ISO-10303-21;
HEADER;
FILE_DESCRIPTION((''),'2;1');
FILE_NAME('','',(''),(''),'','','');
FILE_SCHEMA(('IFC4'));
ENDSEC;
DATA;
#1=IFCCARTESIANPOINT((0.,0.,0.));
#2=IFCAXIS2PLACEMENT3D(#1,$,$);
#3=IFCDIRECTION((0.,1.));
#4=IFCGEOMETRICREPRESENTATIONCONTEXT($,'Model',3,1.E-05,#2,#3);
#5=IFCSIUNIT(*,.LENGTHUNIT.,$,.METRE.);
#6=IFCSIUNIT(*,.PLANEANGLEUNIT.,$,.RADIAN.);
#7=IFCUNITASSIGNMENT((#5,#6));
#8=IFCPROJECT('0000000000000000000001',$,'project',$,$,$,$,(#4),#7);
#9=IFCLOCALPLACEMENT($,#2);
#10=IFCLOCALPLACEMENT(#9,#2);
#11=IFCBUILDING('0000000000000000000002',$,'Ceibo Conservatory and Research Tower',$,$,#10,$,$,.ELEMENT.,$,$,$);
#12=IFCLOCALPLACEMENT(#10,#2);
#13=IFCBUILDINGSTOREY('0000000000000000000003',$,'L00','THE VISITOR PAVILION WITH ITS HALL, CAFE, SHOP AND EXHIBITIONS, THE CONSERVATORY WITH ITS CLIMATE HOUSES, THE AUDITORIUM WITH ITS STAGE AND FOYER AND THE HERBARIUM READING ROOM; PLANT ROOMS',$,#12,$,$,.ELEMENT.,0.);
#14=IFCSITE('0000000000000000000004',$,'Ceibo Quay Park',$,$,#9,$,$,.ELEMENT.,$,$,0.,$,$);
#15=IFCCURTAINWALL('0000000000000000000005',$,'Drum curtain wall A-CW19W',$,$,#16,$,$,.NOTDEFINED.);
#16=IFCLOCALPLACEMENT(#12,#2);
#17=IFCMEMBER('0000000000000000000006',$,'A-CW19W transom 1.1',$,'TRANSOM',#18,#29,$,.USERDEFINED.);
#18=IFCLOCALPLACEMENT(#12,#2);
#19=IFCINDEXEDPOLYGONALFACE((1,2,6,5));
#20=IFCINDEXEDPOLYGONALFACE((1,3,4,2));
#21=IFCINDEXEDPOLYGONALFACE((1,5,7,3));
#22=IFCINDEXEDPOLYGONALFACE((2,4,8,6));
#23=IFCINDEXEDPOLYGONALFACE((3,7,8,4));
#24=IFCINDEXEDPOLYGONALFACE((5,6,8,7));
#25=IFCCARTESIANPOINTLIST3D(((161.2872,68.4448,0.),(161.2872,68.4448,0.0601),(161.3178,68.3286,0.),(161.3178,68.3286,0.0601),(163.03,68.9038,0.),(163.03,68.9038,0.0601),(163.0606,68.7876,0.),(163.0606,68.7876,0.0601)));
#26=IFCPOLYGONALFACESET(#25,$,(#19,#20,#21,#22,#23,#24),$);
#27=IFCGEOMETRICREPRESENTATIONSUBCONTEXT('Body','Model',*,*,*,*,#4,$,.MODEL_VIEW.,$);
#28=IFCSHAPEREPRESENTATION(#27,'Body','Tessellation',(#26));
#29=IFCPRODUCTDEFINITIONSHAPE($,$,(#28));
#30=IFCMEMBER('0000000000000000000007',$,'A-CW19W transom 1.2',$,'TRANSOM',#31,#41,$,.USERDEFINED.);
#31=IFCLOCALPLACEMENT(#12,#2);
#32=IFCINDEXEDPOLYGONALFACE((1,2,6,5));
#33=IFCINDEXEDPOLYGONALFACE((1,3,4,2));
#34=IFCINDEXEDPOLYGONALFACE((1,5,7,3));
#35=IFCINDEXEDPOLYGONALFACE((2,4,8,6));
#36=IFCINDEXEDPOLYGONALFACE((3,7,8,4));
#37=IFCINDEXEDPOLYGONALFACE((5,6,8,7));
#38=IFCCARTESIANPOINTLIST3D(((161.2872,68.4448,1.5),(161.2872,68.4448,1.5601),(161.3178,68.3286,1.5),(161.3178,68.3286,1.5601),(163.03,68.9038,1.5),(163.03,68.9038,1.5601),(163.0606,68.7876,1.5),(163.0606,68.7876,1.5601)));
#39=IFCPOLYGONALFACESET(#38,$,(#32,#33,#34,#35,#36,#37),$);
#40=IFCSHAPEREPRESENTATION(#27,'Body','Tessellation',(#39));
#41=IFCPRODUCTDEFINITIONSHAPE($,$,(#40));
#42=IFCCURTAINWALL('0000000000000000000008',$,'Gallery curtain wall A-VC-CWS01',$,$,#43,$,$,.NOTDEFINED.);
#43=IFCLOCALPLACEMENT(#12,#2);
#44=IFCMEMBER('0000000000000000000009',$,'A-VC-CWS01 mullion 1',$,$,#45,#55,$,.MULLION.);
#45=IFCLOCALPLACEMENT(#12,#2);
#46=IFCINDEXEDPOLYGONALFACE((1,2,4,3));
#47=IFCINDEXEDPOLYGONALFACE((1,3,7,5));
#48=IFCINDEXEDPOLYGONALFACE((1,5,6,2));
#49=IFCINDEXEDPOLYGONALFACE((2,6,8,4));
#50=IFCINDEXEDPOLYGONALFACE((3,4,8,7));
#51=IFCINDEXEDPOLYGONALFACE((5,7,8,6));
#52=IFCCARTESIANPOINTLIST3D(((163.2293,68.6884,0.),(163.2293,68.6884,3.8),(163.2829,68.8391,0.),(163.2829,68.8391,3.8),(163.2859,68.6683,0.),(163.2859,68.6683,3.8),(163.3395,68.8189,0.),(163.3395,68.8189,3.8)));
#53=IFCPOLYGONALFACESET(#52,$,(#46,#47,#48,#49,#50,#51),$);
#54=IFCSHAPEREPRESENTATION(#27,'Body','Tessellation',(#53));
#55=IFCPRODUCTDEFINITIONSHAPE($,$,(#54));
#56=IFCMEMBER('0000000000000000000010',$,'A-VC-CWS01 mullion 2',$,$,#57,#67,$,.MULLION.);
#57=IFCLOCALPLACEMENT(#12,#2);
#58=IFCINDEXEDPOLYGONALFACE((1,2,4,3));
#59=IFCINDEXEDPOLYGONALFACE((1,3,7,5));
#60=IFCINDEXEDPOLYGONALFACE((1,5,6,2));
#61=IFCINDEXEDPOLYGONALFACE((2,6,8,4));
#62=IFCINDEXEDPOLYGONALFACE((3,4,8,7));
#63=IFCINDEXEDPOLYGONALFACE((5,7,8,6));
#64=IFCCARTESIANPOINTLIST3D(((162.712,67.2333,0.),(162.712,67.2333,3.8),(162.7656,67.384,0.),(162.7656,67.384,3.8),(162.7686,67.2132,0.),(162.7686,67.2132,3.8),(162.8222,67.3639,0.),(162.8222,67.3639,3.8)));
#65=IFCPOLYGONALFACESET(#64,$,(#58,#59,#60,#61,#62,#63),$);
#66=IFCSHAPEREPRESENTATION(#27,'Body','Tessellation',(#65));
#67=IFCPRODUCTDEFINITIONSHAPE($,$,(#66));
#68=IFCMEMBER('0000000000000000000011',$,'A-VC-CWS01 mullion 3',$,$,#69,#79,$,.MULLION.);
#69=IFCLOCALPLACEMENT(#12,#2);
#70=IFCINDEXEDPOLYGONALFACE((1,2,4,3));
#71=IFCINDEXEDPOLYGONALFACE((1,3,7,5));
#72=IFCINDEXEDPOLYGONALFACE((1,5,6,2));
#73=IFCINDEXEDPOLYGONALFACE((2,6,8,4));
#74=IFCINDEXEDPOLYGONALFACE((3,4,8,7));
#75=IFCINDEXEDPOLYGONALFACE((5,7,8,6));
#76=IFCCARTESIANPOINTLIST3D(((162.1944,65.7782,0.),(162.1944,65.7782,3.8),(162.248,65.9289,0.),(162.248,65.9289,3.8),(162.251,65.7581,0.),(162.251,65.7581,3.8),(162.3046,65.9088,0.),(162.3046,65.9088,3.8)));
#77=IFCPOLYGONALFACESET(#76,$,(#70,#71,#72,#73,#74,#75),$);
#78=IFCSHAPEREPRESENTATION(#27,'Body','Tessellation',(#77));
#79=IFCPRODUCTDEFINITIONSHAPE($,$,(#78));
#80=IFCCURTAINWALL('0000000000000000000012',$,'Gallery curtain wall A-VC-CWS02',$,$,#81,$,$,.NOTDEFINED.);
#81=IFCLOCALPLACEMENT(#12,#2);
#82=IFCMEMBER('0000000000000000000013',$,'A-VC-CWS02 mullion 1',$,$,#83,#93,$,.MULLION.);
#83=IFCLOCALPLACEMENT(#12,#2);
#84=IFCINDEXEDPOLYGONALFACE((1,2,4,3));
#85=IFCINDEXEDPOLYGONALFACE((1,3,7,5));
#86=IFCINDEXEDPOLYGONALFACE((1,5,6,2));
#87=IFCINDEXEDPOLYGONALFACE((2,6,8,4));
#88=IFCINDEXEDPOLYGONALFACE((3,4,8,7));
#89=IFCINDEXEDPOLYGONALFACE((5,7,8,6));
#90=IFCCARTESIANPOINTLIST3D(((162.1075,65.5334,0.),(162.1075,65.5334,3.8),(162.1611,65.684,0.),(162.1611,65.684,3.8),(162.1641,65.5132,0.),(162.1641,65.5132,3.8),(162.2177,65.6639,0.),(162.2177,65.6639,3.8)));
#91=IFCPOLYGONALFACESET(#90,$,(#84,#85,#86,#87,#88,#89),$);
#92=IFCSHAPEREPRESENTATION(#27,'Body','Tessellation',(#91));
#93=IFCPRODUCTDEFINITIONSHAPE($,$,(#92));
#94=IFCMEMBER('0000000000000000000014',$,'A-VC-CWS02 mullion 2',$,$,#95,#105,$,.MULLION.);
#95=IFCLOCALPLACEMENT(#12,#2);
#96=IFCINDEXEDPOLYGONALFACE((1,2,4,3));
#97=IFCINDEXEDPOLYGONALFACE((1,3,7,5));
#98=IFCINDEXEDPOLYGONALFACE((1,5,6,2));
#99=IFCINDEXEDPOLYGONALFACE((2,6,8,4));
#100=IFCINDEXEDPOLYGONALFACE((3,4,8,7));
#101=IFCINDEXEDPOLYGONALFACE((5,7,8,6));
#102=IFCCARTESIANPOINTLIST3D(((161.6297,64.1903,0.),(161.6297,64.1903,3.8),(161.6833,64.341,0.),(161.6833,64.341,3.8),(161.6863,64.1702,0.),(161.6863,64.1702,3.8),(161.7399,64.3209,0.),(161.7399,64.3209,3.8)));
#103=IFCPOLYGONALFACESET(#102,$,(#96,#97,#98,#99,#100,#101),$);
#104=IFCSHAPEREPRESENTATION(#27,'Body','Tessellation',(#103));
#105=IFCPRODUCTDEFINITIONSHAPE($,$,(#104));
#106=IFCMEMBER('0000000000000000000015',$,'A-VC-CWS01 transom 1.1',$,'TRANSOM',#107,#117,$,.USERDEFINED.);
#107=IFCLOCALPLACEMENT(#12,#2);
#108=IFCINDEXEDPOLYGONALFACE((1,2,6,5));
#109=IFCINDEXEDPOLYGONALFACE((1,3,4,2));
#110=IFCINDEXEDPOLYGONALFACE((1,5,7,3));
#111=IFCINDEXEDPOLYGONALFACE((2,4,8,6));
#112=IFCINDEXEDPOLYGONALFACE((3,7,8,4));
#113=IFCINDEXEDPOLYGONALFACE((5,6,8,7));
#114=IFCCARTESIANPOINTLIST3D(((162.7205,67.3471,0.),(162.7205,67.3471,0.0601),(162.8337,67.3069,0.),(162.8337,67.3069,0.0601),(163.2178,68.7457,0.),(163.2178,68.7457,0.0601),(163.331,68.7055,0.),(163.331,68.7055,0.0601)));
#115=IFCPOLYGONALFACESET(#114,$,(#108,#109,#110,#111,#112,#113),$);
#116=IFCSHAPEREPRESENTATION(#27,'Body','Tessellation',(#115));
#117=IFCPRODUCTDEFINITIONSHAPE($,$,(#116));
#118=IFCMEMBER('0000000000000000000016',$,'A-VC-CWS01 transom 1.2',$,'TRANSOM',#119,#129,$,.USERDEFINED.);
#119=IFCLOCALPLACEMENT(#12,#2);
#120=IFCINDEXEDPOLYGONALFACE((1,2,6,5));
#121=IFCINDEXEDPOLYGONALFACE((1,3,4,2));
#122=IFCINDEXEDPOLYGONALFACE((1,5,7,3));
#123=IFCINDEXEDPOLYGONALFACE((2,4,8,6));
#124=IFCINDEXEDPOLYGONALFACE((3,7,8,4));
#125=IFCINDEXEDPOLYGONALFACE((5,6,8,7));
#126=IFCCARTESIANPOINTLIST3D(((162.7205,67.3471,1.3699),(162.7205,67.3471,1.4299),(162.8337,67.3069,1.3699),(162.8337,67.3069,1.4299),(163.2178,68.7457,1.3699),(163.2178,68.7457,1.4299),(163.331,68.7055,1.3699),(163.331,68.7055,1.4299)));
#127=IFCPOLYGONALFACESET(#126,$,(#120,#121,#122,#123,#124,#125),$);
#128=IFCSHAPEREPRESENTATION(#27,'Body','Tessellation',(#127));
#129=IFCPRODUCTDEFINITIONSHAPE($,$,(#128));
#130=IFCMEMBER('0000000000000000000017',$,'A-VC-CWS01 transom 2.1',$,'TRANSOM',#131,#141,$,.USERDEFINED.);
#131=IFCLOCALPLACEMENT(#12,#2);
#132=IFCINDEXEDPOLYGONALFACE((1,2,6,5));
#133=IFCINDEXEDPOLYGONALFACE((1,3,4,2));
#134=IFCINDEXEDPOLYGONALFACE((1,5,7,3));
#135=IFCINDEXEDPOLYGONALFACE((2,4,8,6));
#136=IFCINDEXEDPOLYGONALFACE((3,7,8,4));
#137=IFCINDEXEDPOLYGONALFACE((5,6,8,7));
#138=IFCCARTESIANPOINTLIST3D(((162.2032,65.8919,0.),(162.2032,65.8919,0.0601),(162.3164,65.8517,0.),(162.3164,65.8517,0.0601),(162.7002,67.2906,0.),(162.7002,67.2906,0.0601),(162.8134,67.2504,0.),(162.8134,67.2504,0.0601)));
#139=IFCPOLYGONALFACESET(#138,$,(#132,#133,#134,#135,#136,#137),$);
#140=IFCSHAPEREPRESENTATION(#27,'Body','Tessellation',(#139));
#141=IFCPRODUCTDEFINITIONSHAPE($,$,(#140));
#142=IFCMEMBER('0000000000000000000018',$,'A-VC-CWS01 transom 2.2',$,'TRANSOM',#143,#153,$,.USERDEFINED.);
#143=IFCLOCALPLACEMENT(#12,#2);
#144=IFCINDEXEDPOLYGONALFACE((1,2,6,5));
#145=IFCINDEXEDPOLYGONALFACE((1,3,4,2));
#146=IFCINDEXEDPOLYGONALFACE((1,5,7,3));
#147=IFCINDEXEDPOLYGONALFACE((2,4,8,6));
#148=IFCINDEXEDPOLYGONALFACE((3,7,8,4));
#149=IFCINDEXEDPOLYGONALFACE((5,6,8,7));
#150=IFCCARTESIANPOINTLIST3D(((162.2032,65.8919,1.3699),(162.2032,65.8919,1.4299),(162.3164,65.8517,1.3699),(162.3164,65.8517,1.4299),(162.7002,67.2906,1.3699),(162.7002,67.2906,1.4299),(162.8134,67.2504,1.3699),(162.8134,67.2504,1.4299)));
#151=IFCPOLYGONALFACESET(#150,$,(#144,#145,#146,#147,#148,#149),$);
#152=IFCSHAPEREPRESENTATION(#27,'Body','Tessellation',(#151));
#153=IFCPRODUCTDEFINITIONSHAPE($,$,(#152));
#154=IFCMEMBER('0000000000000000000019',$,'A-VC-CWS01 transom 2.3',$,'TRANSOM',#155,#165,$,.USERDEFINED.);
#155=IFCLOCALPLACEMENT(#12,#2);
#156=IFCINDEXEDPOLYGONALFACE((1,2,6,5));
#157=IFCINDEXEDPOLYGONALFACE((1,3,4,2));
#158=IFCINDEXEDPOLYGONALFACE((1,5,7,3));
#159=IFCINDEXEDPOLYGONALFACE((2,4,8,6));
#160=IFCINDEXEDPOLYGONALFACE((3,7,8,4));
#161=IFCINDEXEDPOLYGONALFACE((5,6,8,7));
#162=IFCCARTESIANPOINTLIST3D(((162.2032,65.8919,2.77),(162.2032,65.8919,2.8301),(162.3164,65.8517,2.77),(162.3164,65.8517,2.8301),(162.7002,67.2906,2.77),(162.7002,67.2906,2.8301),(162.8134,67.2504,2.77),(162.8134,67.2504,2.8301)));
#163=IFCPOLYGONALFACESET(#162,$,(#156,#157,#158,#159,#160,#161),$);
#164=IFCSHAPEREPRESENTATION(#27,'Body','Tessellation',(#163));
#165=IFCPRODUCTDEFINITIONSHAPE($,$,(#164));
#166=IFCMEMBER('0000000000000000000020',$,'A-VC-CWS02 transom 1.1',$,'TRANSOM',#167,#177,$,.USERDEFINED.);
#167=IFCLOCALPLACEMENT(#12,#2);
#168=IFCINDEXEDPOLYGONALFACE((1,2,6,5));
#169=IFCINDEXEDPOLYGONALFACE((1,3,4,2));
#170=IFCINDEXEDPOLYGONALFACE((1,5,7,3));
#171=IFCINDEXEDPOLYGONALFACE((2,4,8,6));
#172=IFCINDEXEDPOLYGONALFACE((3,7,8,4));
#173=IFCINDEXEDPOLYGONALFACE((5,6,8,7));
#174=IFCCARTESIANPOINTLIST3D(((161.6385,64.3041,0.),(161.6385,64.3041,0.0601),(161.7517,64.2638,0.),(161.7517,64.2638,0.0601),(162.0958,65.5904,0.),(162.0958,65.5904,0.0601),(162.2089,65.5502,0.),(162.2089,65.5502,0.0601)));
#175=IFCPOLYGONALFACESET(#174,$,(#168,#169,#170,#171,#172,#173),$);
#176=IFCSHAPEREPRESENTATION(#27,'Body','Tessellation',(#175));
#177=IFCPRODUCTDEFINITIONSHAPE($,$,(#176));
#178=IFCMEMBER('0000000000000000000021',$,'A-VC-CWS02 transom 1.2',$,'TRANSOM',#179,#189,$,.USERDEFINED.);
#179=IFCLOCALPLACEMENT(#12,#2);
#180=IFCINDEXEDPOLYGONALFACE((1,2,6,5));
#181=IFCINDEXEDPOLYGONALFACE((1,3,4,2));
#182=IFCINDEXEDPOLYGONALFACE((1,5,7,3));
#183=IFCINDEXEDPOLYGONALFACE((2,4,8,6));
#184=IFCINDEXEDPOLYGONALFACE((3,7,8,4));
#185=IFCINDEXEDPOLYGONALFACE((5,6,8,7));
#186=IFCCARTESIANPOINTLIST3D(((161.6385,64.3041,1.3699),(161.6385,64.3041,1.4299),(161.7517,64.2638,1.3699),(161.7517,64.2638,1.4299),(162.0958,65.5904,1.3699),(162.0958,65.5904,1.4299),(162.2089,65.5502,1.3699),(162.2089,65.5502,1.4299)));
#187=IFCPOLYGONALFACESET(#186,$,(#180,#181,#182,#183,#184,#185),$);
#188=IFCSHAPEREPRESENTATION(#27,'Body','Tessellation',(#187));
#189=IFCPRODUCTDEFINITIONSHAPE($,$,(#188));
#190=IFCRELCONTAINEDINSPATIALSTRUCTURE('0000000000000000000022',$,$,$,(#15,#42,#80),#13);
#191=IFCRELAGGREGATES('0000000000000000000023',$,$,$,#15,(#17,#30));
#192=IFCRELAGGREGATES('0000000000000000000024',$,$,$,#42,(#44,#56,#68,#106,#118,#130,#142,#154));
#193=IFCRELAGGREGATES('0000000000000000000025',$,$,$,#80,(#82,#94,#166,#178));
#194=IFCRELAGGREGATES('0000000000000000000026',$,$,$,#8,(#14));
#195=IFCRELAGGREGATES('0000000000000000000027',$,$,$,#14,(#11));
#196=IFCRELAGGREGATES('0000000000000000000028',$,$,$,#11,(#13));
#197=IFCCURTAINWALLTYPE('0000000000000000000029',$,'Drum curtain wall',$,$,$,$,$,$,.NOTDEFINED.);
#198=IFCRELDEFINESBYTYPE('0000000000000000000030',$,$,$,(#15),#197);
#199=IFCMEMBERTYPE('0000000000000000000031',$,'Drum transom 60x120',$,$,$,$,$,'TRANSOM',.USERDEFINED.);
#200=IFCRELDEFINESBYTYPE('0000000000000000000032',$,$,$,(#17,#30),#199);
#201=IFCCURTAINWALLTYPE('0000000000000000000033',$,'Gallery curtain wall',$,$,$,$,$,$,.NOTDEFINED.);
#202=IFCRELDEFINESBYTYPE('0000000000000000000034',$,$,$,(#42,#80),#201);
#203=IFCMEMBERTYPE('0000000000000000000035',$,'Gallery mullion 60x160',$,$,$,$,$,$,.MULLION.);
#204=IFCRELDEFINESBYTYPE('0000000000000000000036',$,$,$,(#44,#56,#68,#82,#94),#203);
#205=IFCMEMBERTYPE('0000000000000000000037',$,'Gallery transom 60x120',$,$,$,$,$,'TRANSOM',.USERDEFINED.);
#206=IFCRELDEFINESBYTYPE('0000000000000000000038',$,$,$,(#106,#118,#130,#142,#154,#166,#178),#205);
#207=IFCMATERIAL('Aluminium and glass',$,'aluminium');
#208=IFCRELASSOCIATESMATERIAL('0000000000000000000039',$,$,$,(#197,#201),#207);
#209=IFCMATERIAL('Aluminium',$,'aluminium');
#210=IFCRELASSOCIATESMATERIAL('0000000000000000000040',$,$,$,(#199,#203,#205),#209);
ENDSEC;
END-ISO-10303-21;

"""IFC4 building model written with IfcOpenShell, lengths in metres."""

from ifc_helpers import new_model, si_unit, direction, frame, origin, origin_2d, place, context, subcontext, project, spatial, rectangle, extrude, material, material_profile, profile_set, type_object, element, aggregate, save


model = new_model("IFC4")

# Units and contexts
model_context = context("Model", 3, precision=1e-05, world=origin(), true_north=direction((0.0, 1.0)))
body_context = subcontext(model_context, "Body", "Model", "MODEL_VIEW")
ifc_project = project(units=[si_unit("LENGTHUNIT", "METRE"), si_unit("PLANEANGLEUNIT", "RADIAN")], contexts=[model_context])

# Site, building, storey
site_placement = place(None, origin())
site = spatial("IfcSite", under=ifc_project, at=site_placement, Name="Ceibo Quay Park", CompositionType="ELEMENT", RefElevation=0.0)
building_placement = place(site_placement, origin())
building = spatial("IfcBuilding", under=site, at=building_placement, Name="Ceibo Conservatory and Research Tower", CompositionType="ELEMENT")
storey_placement = place(building_placement, origin())
storey = spatial("IfcBuildingStorey", under=building, at=storey_placement, Name="L00", Description="THE VISITOR PAVILION WITH ITS HALL, CAFE, SHOP AND EXHIBITIONS, THE CONSERVATORY WITH ITS CLIMATE HOUSES, THE AUDITORIUM WITH ITS STAGE AND FOYER AND THE HERBARIUM READING ROOM; PLANT ROOMS", CompositionType="ELEMENT", Elevation=0.0)

# Shared definitions
ifc_material_1 = material(Name="Aluminium and glass", Category="aluminium")
curtain_wall_type_1 = type_object("IfcCurtainWallType", Name="Drum curtain wall", PredefinedType="NOTDEFINED", material=ifc_material_1)
ifc_material_2 = material(Name="Aluminium", Category="aluminium")

# Curtain walls, members
curtain_wall_1_placement = place(storey_placement, origin())
curtain_wall_1 = element("IfcCurtainWall", 1, at=curtain_wall_1_placement, inside=storey, type_object=curtain_wall_type_1, Name="Drum curtain wall A-CW19W", PredefinedType="NOTDEFINED")
ifc_material_profile_1 = material_profile(ifc_material_2, rectangle(XDim=0.1201, YDim=0.0601, at=origin_2d()), Name="AL 60x120")
ifc_profile_set_1 = profile_set([ifc_material_profile_1], Name="Aluminium")
member_type_1 = type_object("IfcMemberType", Name="Drum transom 60x120", ElementType="TRANSOM", PredefinedType="USERDEFINED", material=ifc_profile_set_1)
member_1_placement = place(storey_placement, frame((161.3025, 68.3867, 0.03), z_axis=(0.967031, 0.25466, 0.0), x_axis=(-0.25466, 0.967031, 0.0)))
member_1 = element("IfcMember", 2, at=member_1_placement, type_object=member_type_1, Name="A-CW19W transom 1.1", ObjectType="TRANSOM", PredefinedType="USERDEFINED", context=body_context, shape_type="SweptSolid", body=[
    extrude(rectangle(XDim=0.1201, YDim=0.0601, at=origin_2d()), origin(), (0.0, 0.0, 1.0), 1.8022),
])
member_2_placement = place(storey_placement, frame((161.3025, 68.3867, 1.53), z_axis=(0.967031, 0.25466, 0.0), x_axis=(-0.25466, 0.967031, 0.0)))
member_2 = element("IfcMember", 3, at=member_2_placement, type_object=member_type_1, Name="A-CW19W transom 1.2", ObjectType="TRANSOM", PredefinedType="USERDEFINED", context=body_context, shape_type="SweptSolid", body=[
    extrude(rectangle(XDim=0.1201, YDim=0.0601, at=origin_2d()), origin(), (0.0, 0.0, 1.0), 1.8022),
])
curtain_wall_type_2 = type_object("IfcCurtainWallType", Name="Gallery curtain wall", PredefinedType="NOTDEFINED", material=ifc_material_1)
curtain_wall_2_placement = place(storey_placement, origin())
curtain_wall_2 = element("IfcCurtainWall", 4, at=curtain_wall_2_placement, inside=storey, type_object=curtain_wall_type_2, Name="Gallery curtain wall A-VC-CWS01", PredefinedType="NOTDEFINED")
ifc_material_profile_2 = material_profile(ifc_material_2, rectangle(XDim=0.0601, YDim=0.1599, at=origin_2d()), Name="AL 60x160")
ifc_profile_set_2 = profile_set([ifc_material_profile_2], Name="Aluminium")
member_type_2 = type_object("IfcMemberType", Name="Gallery mullion 60x160", PredefinedType="MULLION", material=ifc_profile_set_2)
member_3_placement = place(storey_placement, frame((163.2844, 68.7537, 0.0), z_axis=(0.0, 0.0, 1.0), x_axis=(0.942204, -0.33504, 0.0)))
member_3 = element("IfcMember", 5, at=member_3_placement, type_object=member_type_2, Name="A-VC-CWS01 mullion 1", PredefinedType="MULLION", context=body_context, shape_type="SweptSolid", body=[
    extrude(rectangle(XDim=0.0601, YDim=0.1599, at=origin_2d()), origin(), (0.0, 0.0, 1.0), 3.8),
])
member_4_placement = place(storey_placement, frame((162.7671, 67.2986, 0.0), z_axis=(0.0, 0.0, 1.0), x_axis=(0.942204, -0.33504, 0.0)))
member_4 = element("IfcMember", 6, at=member_4_placement, type_object=member_type_2, Name="A-VC-CWS01 mullion 2", PredefinedType="MULLION", context=body_context, shape_type="SweptSolid", body=[
    extrude(rectangle(XDim=0.0601, YDim=0.1599, at=origin_2d()), origin(), (0.0, 0.0, 1.0), 3.8),
])
member_5_placement = place(storey_placement, frame((162.2495, 65.8435, 0.0), z_axis=(0.0, 0.0, 1.0), x_axis=(0.942204, -0.33504, 0.0)))
member_5 = element("IfcMember", 7, at=member_5_placement, type_object=member_type_2, Name="A-VC-CWS01 mullion 3", PredefinedType="MULLION", context=body_context, shape_type="SweptSolid", body=[
    extrude(rectangle(XDim=0.0601, YDim=0.1599, at=origin_2d()), origin(), (0.0, 0.0, 1.0), 3.8),
])
curtain_wall_3_placement = place(storey_placement, origin())
curtain_wall_3 = element("IfcCurtainWall", 8, at=curtain_wall_3_placement, inside=storey, type_object=curtain_wall_type_2, Name="Gallery curtain wall A-VC-CWS02", PredefinedType="NOTDEFINED")
member_6_placement = place(storey_placement, frame((162.1626, 65.5986, 0.0), z_axis=(0.0, 0.0, 1.0), x_axis=(0.942204, -0.33504, 0.0)))
member_6 = element("IfcMember", 9, at=member_6_placement, type_object=member_type_2, Name="A-VC-CWS02 mullion 1", PredefinedType="MULLION", context=body_context, shape_type="SweptSolid", body=[
    extrude(rectangle(XDim=0.0601, YDim=0.1599, at=origin_2d()), origin(), (0.0, 0.0, 1.0), 3.8),
])
member_7_placement = place(storey_placement, frame((161.6848, 64.2556, 0.0), z_axis=(0.0, 0.0, 1.0), x_axis=(0.942204, -0.33504, 0.0)))
member_7 = element("IfcMember", 10, at=member_7_placement, type_object=member_type_2, Name="A-VC-CWS02 mullion 2", PredefinedType="MULLION", context=body_context, shape_type="SweptSolid", body=[
    extrude(rectangle(XDim=0.0601, YDim=0.1599, at=origin_2d()), origin(), (0.0, 0.0, 1.0), 3.8),
])

# Members
ifc_material_profile_3 = material_profile(ifc_material_2, rectangle(XDim=0.1201, YDim=0.0601, at=origin_2d()), Name="AL 60x120")
ifc_profile_set_3 = profile_set([ifc_material_profile_3], Name="Aluminium")
member_type_3 = type_object("IfcMemberType", Name="Gallery transom 60x120", ElementType="TRANSOM", PredefinedType="USERDEFINED", material=ifc_profile_set_3)
member_8_placement = place(storey_placement, frame((163.2744, 68.7256, 0.03), z_axis=(-0.335013, -0.942214, 0.0), x_axis=(0.942214, -0.335013, 0.0)))
member_8 = element("IfcMember", 11, at=member_8_placement, type_object=member_type_3, Name="A-VC-CWS01 transom 1.1", ObjectType="TRANSOM", PredefinedType="USERDEFINED", context=body_context, shape_type="SweptSolid", body=[
    extrude(rectangle(XDim=0.1201, YDim=0.0601, at=origin_2d()), origin(), (0.0, 0.0, 1.0), 1.4844),
])
member_9_placement = place(storey_placement, frame((163.2744, 68.7256, 1.3999), z_axis=(-0.335013, -0.942214, 0.0), x_axis=(0.942214, -0.335013, 0.0)))
member_9 = element("IfcMember", 12, at=member_9_placement, type_object=member_type_3, Name="A-VC-CWS01 transom 1.2", ObjectType="TRANSOM", PredefinedType="USERDEFINED", context=body_context, shape_type="SweptSolid", body=[
    extrude(rectangle(XDim=0.1201, YDim=0.0601, at=origin_2d()), origin(), (0.0, 0.0, 1.0), 1.4844),
])
member_10_placement = place(storey_placement, frame((162.7568, 67.2705, 0.03), z_axis=(-0.334867, -0.942265, 0.0), x_axis=(0.942265, -0.334867, 0.0)))
member_10 = element("IfcMember", 13, at=member_10_placement, type_object=member_type_3, Name="A-VC-CWS01 transom 2.1", ObjectType="TRANSOM", PredefinedType="USERDEFINED", context=body_context, shape_type="SweptSolid", body=[
    extrude(rectangle(XDim=0.1201, YDim=0.0601, at=origin_2d()), origin(), (0.0, 0.0, 1.0), 1.4844),
])
member_11_placement = place(storey_placement, frame((162.7568, 67.2705, 1.3999), z_axis=(-0.334867, -0.942265, 0.0), x_axis=(0.942265, -0.334867, 0.0)))
member_11 = element("IfcMember", 14, at=member_11_placement, type_object=member_type_3, Name="A-VC-CWS01 transom 2.2", ObjectType="TRANSOM", PredefinedType="USERDEFINED", context=body_context, shape_type="SweptSolid", body=[
    extrude(rectangle(XDim=0.1201, YDim=0.0601, at=origin_2d()), origin(), (0.0, 0.0, 1.0), 1.4844),
])
member_12_placement = place(storey_placement, frame((162.7568, 67.2705, 2.8), z_axis=(-0.334867, -0.942265, 0.0), x_axis=(0.942265, -0.334867, 0.0)))
member_12 = element("IfcMember", 15, at=member_12_placement, type_object=member_type_3, Name="A-VC-CWS01 transom 2.3", ObjectType="TRANSOM", PredefinedType="USERDEFINED", context=body_context, shape_type="SweptSolid", body=[
    extrude(rectangle(XDim=0.1201, YDim=0.0601, at=origin_2d()), origin(), (0.0, 0.0, 1.0), 1.4844),
])
member_13_placement = place(storey_placement, frame((162.1523, 65.5703, 0.03), z_axis=(-0.334943, -0.942239, 0.0), x_axis=(0.942239, -0.334943, 0.0)))
member_13 = element("IfcMember", 16, at=member_13_placement, type_object=member_type_3, Name="A-VC-CWS02 transom 1.1", ObjectType="TRANSOM", PredefinedType="USERDEFINED", context=body_context, shape_type="SweptSolid", body=[
    extrude(rectangle(XDim=0.1201, YDim=0.0601, at=origin_2d()), origin(), (0.0, 0.0, 1.0), 1.3652),
])
member_14_placement = place(storey_placement, frame((162.1523, 65.5703, 1.3999), z_axis=(-0.334943, -0.942239, 0.0), x_axis=(0.942239, -0.334943, 0.0)))
member_14 = element("IfcMember", 17, at=member_14_placement, type_object=member_type_3, Name="A-VC-CWS02 transom 1.2", ObjectType="TRANSOM", PredefinedType="USERDEFINED", context=body_context, shape_type="SweptSolid", body=[
    extrude(rectangle(XDim=0.1201, YDim=0.0601, at=origin_2d()), origin(), (0.0, 0.0, 1.0), 1.3652),
])

aggregate(curtain_wall_1, [member_1, member_2])
aggregate(curtain_wall_2, [member_3, member_4, member_5, member_8, member_9, member_10, member_11, member_12])
aggregate(curtain_wall_3, [member_6, member_7, member_13, member_14])

save(model, "model.ifc")
